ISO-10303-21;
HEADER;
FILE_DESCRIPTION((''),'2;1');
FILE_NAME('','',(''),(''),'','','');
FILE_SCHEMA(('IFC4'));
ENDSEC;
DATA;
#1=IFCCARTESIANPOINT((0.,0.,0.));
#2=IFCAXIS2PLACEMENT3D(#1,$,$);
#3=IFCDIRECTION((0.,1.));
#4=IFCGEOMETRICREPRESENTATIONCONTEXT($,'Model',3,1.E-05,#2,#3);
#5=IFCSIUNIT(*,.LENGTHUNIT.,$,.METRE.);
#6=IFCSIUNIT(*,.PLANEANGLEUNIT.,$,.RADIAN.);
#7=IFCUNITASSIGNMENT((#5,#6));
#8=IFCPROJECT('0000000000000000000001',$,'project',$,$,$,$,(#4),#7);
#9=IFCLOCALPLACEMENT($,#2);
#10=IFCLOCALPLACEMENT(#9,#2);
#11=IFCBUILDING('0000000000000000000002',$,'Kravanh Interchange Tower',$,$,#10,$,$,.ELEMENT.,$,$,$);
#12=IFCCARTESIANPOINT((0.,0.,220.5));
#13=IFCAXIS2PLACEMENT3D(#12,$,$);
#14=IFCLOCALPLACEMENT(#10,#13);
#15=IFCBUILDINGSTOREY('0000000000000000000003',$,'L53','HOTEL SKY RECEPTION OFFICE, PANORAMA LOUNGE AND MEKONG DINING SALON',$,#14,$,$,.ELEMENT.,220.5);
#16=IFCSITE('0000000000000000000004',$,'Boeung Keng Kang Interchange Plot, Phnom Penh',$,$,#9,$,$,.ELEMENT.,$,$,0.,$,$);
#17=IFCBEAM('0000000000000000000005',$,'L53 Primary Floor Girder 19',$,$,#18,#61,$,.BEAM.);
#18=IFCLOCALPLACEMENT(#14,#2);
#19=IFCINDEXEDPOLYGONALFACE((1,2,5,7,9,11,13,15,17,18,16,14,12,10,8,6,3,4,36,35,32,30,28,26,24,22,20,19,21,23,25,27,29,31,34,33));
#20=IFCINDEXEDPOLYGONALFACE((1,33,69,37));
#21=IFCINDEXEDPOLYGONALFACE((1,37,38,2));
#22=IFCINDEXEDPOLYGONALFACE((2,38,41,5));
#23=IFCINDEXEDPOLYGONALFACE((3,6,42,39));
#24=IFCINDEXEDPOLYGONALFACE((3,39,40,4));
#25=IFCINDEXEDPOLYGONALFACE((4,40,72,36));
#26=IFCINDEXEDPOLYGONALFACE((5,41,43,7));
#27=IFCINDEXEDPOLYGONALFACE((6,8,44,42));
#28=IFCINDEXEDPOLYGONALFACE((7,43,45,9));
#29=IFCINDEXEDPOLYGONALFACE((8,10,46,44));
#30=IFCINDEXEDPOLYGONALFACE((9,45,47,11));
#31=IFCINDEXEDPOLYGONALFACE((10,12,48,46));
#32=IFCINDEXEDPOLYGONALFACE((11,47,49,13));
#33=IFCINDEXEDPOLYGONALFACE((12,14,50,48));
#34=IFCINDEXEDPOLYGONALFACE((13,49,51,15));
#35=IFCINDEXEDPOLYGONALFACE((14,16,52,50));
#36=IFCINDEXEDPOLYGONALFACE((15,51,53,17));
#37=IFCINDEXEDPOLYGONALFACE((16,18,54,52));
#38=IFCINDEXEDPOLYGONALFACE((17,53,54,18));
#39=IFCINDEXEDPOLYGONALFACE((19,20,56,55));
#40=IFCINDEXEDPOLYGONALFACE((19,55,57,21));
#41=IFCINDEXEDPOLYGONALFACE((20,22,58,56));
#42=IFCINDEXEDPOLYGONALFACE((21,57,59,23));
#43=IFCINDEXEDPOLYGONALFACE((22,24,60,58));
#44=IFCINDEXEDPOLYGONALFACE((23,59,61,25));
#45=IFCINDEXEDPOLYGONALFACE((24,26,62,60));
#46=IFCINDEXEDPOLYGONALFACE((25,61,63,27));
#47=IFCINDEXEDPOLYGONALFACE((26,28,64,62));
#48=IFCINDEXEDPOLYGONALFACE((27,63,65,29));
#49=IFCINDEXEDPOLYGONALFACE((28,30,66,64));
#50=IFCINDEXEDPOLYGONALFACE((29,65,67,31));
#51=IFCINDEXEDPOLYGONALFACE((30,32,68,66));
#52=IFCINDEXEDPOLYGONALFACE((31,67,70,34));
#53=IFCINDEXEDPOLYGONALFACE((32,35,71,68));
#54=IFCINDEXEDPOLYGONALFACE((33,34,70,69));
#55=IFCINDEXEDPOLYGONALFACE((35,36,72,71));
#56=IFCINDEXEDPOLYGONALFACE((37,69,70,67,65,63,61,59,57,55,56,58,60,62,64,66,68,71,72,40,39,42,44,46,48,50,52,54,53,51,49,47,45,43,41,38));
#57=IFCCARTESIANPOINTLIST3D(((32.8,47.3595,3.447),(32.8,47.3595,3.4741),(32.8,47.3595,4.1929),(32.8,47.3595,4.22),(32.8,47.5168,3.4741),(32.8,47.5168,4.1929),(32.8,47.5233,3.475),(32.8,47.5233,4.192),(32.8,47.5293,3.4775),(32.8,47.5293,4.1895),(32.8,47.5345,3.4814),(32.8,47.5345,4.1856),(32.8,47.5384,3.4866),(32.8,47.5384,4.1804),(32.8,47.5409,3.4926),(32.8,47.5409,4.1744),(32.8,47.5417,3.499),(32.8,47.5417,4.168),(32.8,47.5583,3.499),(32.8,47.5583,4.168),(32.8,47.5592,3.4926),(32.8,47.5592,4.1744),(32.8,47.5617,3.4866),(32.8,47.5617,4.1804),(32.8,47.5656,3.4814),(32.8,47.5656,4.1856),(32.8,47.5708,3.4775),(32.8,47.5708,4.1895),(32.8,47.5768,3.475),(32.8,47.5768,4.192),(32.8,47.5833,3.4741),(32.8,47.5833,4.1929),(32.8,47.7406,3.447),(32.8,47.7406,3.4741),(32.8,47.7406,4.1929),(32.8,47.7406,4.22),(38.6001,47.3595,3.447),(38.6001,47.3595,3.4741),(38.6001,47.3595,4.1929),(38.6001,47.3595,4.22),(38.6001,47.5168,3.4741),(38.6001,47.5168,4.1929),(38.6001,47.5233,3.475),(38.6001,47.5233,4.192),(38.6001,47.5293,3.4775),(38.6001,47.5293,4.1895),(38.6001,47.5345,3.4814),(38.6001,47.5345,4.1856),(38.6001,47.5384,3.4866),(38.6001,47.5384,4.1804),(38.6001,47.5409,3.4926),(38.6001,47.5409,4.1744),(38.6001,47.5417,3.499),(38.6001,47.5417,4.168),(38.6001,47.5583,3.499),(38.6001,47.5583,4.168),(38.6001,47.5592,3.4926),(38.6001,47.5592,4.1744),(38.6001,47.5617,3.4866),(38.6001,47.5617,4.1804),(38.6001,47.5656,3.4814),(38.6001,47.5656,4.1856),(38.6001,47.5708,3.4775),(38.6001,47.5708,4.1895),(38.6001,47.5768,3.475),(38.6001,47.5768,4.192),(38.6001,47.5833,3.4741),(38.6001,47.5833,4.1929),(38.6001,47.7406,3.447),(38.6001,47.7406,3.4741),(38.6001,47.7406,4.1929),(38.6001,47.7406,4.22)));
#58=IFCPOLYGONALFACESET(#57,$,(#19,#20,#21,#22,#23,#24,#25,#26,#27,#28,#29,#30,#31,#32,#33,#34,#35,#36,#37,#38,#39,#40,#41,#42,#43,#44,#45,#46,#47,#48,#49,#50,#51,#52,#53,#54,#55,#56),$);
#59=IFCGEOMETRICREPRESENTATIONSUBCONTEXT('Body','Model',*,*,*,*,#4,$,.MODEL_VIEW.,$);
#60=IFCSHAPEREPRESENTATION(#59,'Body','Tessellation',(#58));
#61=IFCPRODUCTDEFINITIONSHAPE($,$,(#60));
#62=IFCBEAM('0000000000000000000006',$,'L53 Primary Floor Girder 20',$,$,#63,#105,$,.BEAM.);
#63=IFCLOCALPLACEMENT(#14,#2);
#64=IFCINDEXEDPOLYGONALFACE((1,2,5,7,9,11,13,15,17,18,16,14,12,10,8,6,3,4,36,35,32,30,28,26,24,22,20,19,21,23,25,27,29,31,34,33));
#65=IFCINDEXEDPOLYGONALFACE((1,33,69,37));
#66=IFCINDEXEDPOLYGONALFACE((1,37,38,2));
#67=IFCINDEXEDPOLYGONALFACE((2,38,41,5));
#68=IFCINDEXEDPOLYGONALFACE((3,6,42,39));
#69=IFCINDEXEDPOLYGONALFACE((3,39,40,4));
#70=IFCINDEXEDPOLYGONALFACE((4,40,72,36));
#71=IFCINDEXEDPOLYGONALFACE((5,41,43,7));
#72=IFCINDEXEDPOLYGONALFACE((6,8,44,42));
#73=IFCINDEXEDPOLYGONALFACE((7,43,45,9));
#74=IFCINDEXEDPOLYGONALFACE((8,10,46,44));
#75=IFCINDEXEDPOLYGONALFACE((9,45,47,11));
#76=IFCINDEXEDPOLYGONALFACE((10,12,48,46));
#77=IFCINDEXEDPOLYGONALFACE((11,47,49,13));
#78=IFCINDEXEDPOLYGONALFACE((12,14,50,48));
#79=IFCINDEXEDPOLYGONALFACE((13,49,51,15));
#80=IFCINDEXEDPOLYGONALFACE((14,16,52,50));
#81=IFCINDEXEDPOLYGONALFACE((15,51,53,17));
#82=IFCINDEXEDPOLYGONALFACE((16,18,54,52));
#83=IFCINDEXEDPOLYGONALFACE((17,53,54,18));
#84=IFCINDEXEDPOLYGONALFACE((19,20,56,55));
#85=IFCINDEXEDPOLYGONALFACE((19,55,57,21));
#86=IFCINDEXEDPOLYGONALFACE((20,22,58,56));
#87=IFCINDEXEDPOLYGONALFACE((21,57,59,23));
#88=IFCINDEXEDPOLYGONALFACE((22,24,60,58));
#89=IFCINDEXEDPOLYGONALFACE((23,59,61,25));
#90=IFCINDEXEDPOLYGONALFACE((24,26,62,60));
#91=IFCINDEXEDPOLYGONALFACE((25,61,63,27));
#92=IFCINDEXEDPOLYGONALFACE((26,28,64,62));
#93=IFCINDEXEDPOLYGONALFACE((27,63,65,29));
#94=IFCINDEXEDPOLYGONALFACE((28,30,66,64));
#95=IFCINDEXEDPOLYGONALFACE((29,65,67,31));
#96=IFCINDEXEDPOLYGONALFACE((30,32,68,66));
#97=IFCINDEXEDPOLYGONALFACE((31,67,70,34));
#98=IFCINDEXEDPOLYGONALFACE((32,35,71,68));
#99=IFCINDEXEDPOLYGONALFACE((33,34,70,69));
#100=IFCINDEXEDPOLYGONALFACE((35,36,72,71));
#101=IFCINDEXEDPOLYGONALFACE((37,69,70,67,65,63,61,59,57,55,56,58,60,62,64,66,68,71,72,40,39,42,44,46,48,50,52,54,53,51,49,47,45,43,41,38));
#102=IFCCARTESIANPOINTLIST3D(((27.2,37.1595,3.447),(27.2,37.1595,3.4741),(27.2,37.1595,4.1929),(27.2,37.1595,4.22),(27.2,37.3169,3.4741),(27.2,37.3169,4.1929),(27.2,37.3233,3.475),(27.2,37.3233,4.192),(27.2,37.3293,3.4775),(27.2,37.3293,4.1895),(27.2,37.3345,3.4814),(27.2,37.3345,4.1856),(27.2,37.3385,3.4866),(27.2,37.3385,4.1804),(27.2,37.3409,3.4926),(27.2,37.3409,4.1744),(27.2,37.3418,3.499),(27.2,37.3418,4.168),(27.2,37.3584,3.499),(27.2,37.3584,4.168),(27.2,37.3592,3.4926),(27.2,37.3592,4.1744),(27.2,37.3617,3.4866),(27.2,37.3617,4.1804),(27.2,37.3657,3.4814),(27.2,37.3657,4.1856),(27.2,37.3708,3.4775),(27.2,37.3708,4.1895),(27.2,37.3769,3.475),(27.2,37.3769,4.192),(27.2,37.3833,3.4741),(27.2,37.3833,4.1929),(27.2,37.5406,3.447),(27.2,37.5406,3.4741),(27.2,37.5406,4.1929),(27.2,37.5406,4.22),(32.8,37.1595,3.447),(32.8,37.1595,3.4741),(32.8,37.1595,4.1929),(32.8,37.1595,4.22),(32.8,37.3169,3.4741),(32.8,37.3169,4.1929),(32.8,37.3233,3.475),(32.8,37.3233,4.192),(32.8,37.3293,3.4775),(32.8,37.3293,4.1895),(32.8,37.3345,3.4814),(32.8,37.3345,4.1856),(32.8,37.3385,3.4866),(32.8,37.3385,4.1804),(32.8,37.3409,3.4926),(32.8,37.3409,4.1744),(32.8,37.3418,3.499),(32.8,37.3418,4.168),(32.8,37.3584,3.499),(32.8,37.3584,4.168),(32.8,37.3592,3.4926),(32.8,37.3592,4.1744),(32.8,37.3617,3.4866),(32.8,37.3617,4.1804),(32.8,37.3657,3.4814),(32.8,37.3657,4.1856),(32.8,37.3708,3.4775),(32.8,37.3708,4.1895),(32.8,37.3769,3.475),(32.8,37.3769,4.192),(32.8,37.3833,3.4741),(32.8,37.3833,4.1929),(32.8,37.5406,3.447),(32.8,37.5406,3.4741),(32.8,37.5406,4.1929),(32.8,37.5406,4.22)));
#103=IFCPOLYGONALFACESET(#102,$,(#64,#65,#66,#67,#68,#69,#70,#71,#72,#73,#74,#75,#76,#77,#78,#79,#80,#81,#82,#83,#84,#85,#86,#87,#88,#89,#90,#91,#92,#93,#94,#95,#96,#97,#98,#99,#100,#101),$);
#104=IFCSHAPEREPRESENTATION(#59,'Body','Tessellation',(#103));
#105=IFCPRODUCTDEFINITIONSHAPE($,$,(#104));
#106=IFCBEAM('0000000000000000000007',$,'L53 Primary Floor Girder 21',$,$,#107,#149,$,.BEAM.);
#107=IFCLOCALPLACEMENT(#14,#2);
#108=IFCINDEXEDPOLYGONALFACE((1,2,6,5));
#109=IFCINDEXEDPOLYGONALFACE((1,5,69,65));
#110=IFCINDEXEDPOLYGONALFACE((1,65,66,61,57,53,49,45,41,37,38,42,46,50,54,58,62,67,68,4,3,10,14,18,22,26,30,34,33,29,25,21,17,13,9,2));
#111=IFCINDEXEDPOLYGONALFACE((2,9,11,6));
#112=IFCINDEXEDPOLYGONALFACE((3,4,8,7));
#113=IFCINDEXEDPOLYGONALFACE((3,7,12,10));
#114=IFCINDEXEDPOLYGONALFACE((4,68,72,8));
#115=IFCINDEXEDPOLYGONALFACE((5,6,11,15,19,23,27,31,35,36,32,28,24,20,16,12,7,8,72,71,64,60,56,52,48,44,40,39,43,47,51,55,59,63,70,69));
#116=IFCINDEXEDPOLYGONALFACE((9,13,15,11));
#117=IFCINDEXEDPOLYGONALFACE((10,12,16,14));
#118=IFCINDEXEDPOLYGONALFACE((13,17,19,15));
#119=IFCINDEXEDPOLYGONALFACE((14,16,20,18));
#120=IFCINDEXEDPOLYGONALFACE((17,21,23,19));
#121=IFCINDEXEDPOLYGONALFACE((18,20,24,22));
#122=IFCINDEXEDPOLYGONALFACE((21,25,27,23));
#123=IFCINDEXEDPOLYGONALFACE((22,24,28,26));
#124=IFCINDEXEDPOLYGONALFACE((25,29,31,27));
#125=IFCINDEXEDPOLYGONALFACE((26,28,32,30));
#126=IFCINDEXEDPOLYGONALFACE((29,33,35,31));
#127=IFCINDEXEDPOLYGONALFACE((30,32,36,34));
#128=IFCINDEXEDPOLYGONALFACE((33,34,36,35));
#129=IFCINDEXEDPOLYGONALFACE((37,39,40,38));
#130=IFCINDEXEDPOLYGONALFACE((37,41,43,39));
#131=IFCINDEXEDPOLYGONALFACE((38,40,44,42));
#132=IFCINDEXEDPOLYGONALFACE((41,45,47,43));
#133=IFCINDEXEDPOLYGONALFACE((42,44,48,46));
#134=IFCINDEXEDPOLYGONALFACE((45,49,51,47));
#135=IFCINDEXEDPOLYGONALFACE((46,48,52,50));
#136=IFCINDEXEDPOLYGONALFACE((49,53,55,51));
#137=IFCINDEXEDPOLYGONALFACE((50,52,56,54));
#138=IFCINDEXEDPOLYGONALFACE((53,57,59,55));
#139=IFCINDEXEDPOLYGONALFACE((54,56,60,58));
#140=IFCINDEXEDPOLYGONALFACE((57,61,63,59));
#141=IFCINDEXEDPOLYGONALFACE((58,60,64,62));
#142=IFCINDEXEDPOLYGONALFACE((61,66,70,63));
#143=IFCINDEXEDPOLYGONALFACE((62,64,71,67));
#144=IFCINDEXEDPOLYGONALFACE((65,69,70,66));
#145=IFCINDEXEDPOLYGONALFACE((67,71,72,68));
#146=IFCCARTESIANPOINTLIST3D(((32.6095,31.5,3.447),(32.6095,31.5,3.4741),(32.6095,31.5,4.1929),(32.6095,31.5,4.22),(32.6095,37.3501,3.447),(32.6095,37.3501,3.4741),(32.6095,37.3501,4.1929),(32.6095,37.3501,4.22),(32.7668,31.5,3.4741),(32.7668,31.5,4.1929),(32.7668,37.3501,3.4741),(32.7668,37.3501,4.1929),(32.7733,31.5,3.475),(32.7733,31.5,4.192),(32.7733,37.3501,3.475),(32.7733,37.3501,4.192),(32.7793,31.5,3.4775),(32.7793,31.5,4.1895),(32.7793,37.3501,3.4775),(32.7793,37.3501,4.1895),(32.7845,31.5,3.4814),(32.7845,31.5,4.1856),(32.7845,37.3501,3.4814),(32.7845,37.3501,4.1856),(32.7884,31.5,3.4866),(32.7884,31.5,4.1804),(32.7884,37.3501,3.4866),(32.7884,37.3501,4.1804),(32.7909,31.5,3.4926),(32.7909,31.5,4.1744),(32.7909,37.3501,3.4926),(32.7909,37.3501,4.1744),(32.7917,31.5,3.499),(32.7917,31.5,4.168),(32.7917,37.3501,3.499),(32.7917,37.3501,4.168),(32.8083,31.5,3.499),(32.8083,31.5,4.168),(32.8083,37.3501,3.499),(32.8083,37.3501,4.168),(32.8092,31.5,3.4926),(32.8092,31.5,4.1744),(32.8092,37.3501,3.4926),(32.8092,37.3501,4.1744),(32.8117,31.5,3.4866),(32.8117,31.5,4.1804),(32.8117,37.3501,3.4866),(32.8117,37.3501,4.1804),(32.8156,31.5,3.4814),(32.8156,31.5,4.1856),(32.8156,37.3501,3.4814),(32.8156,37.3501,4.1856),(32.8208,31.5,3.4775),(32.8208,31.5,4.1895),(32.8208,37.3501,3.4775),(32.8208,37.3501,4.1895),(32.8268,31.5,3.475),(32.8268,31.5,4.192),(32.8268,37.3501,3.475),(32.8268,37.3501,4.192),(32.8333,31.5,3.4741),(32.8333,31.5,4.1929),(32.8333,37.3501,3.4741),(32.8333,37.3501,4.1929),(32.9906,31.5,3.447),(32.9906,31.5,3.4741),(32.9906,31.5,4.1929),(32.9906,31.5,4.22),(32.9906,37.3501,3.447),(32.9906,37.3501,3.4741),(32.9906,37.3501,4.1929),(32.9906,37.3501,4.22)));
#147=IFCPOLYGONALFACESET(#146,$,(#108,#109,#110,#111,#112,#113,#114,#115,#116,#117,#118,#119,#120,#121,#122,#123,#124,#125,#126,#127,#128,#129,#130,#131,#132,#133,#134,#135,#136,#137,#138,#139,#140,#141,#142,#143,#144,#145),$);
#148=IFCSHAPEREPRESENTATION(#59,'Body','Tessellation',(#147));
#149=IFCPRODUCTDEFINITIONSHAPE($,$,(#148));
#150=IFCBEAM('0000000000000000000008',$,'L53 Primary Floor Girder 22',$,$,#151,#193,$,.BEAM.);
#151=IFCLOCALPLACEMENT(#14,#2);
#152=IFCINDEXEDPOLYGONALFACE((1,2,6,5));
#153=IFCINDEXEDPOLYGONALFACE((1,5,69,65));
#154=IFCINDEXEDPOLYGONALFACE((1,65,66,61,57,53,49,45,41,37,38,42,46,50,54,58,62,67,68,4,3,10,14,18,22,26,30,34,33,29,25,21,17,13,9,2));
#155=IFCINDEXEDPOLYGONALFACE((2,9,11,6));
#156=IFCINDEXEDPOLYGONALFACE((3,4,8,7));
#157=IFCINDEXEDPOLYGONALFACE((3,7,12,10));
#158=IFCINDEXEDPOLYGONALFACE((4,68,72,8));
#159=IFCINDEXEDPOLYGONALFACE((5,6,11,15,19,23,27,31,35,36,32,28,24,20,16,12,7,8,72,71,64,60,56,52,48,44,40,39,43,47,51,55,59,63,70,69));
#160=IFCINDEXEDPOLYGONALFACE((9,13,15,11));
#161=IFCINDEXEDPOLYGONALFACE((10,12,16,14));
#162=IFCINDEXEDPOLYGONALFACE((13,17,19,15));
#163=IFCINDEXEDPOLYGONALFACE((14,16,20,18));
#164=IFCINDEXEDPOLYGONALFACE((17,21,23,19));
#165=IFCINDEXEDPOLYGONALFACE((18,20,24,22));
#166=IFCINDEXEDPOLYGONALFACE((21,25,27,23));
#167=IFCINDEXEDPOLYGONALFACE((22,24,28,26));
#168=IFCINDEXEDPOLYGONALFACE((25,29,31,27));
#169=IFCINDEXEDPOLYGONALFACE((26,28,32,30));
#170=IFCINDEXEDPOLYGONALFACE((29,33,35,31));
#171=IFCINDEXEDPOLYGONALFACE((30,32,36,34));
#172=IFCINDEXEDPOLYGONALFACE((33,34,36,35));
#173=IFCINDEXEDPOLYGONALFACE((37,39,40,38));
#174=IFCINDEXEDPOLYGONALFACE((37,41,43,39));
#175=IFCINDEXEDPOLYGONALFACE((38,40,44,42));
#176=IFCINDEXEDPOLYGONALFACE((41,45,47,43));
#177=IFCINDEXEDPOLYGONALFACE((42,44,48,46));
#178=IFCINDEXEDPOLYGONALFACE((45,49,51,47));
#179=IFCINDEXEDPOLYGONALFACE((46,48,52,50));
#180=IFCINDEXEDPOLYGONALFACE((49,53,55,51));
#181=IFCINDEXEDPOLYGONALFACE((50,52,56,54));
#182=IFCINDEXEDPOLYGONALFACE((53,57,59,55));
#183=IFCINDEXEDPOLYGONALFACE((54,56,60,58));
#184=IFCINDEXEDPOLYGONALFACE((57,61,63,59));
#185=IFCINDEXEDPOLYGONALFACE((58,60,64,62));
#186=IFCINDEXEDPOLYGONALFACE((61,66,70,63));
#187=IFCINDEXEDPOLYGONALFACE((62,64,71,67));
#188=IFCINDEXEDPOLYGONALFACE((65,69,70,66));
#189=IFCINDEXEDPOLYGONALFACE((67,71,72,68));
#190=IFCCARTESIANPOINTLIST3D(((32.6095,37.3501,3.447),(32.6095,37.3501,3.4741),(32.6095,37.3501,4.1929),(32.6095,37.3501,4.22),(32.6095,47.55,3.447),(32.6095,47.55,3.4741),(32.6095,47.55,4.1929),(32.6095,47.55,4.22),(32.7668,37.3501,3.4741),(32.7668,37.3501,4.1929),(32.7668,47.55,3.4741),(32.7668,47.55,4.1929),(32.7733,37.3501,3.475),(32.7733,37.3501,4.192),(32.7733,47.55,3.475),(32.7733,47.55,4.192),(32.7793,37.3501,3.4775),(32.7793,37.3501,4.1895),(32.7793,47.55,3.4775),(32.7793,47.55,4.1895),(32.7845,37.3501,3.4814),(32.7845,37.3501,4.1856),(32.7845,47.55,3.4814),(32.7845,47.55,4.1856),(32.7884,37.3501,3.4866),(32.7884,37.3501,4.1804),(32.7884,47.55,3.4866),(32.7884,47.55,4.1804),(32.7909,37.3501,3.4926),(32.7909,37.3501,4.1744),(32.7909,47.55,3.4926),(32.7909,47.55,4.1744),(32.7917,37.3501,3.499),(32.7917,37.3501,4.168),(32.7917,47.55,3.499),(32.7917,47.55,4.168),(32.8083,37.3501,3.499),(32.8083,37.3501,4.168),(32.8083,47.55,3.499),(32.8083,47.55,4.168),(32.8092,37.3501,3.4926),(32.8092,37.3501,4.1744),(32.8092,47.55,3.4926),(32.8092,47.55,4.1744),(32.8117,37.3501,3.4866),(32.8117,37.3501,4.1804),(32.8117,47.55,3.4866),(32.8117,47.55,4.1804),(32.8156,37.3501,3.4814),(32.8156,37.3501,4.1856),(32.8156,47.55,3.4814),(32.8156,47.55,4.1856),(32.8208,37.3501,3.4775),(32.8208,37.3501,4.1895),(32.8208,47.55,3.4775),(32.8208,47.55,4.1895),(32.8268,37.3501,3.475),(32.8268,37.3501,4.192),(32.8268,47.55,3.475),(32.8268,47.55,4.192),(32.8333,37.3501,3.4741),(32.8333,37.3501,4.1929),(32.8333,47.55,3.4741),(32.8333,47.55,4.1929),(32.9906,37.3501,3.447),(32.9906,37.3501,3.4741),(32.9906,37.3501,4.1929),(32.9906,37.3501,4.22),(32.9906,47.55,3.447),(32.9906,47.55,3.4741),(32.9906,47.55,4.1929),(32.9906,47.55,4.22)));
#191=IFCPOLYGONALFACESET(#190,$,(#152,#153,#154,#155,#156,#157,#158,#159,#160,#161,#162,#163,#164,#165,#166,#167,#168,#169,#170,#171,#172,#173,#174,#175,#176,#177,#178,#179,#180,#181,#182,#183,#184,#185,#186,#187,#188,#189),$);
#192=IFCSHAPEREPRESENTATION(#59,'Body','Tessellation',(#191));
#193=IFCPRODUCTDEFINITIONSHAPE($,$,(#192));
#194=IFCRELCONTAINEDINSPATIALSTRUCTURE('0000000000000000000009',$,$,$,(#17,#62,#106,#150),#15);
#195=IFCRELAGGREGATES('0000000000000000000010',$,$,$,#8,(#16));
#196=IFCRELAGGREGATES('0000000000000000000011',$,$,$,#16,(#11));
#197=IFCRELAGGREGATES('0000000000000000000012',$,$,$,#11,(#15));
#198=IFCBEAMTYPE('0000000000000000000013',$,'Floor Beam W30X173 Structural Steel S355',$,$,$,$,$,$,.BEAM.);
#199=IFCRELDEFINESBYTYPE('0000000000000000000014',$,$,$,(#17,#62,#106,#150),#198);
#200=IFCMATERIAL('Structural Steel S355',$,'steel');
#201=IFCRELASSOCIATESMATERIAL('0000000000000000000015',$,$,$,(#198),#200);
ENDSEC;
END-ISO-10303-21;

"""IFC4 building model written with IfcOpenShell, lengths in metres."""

from ifc_helpers import new_model, si_unit, direction, frame, origin, origin_2d, place, context, subcontext, project, spatial, i_section, extrude, material, material_profile, profile_set, type_object, element, save


model = new_model("IFC4")

# Units and contexts
model_context = context("Model", 3, precision=1e-05, world=origin(), true_north=direction((0.0, 1.0)))
body_context = subcontext(model_context, "Body", "Model", "MODEL_VIEW")
ifc_project = project(units=[si_unit("LENGTHUNIT", "METRE"), si_unit("PLANEANGLEUNIT", "RADIAN")], contexts=[model_context])

# Site, building, storey
site_placement = place(None, origin())
site = spatial("IfcSite", under=ifc_project, at=site_placement, Name="Boeung Keng Kang Interchange Plot, Phnom Penh", CompositionType="ELEMENT", RefElevation=0.0)
building_placement = place(site_placement, origin())
building = spatial("IfcBuilding", under=site, at=building_placement, Name="Kravanh Interchange Tower", CompositionType="ELEMENT")
storey_placement = place(building_placement, frame((0.0, 0.0, 220.5)))
storey = spatial("IfcBuildingStorey", under=building, at=storey_placement, Name="L53", Description="HOTEL SKY RECEPTION OFFICE, PANORAMA LOUNGE AND MEKONG DINING SALON", CompositionType="ELEMENT", Elevation=220.5)

# Beams
ifc_material_1 = material(Name="Structural Steel S355", Category="steel")
ifc_material_profile_1 = material_profile(ifc_material_1, i_section(OverallWidth=0.3811, OverallDepth=0.7729, WebThickness=0.0166, FlangeThickness=0.0271, FilletRadius=0.0249, at=origin_2d()), Name="W30X173")
ifc_profile_set_1 = profile_set([ifc_material_profile_1], Name="Structural Steel S355")
beam_type = type_object("IfcBeamType", Name="Floor Beam W30X173 Structural Steel S355", PredefinedType="BEAM", material=ifc_profile_set_1)
beam_1_placement = place(storey_placement, frame((38.6001, 47.55, 3.8335), z_axis=(-1.0, 0.0, 0.0), x_axis=(0.0, -1.0, 0.0)))
element("IfcBeam", 1, at=beam_1_placement, inside=storey, type_object=beam_type, Name="L53 Primary Floor Girder 19", PredefinedType="BEAM", context=body_context, shape_type="SweptSolid", body=[
    extrude(i_section(OverallWidth=0.3811, OverallDepth=0.7729, WebThickness=0.0166, FlangeThickness=0.0271, FilletRadius=0.0249, at=origin_2d()), origin(), (0.0, 0.0, 1.0), 5.8),
])
beam_2_placement = place(storey_placement, frame((32.8, 37.3501, 3.8335), z_axis=(-1.0, 0.0, 0.0), x_axis=(0.0, -1.0, 0.0)))
element("IfcBeam", 2, at=beam_2_placement, inside=storey, type_object=beam_type, Name="L53 Primary Floor Girder 20", PredefinedType="BEAM", context=body_context, shape_type="SweptSolid", body=[
    extrude(i_section(OverallWidth=0.3811, OverallDepth=0.7729, WebThickness=0.0166, FlangeThickness=0.0271, FilletRadius=0.0249, at=origin_2d()), origin(), (0.0, 0.0, 1.0), 5.6001),
])
beam_3_placement = place(storey_placement, frame((32.8, 37.3501, 3.8335), z_axis=(0.0, -1.0, 0.0), x_axis=(1.0, 0.0, 0.0)))
element("IfcBeam", 3, at=beam_3_placement, inside=storey, type_object=beam_type, Name="L53 Primary Floor Girder 21", PredefinedType="BEAM", context=body_context, shape_type="SweptSolid", body=[
    extrude(i_section(OverallWidth=0.3811, OverallDepth=0.7729, WebThickness=0.0166, FlangeThickness=0.0271, FilletRadius=0.0249, at=origin_2d()), origin(), (0.0, 0.0, 1.0), 5.8501),
])
beam_4_placement = place(storey_placement, frame((32.8, 37.3501, 3.8335), z_axis=(0.0, 1.0, 0.0), x_axis=(-1.0, 0.0, 0.0)))
element("IfcBeam", 4, at=beam_4_placement, inside=storey, type_object=beam_type, Name="L53 Primary Floor Girder 22", PredefinedType="BEAM", context=body_context, shape_type="SweptSolid", body=[
    extrude(i_section(OverallWidth=0.3811, OverallDepth=0.7729, WebThickness=0.0166, FlangeThickness=0.0271, FilletRadius=0.0249, at=origin_2d()), origin(), (0.0, 0.0, 1.0), 10.2),
])

save(model, "model.ifc")
